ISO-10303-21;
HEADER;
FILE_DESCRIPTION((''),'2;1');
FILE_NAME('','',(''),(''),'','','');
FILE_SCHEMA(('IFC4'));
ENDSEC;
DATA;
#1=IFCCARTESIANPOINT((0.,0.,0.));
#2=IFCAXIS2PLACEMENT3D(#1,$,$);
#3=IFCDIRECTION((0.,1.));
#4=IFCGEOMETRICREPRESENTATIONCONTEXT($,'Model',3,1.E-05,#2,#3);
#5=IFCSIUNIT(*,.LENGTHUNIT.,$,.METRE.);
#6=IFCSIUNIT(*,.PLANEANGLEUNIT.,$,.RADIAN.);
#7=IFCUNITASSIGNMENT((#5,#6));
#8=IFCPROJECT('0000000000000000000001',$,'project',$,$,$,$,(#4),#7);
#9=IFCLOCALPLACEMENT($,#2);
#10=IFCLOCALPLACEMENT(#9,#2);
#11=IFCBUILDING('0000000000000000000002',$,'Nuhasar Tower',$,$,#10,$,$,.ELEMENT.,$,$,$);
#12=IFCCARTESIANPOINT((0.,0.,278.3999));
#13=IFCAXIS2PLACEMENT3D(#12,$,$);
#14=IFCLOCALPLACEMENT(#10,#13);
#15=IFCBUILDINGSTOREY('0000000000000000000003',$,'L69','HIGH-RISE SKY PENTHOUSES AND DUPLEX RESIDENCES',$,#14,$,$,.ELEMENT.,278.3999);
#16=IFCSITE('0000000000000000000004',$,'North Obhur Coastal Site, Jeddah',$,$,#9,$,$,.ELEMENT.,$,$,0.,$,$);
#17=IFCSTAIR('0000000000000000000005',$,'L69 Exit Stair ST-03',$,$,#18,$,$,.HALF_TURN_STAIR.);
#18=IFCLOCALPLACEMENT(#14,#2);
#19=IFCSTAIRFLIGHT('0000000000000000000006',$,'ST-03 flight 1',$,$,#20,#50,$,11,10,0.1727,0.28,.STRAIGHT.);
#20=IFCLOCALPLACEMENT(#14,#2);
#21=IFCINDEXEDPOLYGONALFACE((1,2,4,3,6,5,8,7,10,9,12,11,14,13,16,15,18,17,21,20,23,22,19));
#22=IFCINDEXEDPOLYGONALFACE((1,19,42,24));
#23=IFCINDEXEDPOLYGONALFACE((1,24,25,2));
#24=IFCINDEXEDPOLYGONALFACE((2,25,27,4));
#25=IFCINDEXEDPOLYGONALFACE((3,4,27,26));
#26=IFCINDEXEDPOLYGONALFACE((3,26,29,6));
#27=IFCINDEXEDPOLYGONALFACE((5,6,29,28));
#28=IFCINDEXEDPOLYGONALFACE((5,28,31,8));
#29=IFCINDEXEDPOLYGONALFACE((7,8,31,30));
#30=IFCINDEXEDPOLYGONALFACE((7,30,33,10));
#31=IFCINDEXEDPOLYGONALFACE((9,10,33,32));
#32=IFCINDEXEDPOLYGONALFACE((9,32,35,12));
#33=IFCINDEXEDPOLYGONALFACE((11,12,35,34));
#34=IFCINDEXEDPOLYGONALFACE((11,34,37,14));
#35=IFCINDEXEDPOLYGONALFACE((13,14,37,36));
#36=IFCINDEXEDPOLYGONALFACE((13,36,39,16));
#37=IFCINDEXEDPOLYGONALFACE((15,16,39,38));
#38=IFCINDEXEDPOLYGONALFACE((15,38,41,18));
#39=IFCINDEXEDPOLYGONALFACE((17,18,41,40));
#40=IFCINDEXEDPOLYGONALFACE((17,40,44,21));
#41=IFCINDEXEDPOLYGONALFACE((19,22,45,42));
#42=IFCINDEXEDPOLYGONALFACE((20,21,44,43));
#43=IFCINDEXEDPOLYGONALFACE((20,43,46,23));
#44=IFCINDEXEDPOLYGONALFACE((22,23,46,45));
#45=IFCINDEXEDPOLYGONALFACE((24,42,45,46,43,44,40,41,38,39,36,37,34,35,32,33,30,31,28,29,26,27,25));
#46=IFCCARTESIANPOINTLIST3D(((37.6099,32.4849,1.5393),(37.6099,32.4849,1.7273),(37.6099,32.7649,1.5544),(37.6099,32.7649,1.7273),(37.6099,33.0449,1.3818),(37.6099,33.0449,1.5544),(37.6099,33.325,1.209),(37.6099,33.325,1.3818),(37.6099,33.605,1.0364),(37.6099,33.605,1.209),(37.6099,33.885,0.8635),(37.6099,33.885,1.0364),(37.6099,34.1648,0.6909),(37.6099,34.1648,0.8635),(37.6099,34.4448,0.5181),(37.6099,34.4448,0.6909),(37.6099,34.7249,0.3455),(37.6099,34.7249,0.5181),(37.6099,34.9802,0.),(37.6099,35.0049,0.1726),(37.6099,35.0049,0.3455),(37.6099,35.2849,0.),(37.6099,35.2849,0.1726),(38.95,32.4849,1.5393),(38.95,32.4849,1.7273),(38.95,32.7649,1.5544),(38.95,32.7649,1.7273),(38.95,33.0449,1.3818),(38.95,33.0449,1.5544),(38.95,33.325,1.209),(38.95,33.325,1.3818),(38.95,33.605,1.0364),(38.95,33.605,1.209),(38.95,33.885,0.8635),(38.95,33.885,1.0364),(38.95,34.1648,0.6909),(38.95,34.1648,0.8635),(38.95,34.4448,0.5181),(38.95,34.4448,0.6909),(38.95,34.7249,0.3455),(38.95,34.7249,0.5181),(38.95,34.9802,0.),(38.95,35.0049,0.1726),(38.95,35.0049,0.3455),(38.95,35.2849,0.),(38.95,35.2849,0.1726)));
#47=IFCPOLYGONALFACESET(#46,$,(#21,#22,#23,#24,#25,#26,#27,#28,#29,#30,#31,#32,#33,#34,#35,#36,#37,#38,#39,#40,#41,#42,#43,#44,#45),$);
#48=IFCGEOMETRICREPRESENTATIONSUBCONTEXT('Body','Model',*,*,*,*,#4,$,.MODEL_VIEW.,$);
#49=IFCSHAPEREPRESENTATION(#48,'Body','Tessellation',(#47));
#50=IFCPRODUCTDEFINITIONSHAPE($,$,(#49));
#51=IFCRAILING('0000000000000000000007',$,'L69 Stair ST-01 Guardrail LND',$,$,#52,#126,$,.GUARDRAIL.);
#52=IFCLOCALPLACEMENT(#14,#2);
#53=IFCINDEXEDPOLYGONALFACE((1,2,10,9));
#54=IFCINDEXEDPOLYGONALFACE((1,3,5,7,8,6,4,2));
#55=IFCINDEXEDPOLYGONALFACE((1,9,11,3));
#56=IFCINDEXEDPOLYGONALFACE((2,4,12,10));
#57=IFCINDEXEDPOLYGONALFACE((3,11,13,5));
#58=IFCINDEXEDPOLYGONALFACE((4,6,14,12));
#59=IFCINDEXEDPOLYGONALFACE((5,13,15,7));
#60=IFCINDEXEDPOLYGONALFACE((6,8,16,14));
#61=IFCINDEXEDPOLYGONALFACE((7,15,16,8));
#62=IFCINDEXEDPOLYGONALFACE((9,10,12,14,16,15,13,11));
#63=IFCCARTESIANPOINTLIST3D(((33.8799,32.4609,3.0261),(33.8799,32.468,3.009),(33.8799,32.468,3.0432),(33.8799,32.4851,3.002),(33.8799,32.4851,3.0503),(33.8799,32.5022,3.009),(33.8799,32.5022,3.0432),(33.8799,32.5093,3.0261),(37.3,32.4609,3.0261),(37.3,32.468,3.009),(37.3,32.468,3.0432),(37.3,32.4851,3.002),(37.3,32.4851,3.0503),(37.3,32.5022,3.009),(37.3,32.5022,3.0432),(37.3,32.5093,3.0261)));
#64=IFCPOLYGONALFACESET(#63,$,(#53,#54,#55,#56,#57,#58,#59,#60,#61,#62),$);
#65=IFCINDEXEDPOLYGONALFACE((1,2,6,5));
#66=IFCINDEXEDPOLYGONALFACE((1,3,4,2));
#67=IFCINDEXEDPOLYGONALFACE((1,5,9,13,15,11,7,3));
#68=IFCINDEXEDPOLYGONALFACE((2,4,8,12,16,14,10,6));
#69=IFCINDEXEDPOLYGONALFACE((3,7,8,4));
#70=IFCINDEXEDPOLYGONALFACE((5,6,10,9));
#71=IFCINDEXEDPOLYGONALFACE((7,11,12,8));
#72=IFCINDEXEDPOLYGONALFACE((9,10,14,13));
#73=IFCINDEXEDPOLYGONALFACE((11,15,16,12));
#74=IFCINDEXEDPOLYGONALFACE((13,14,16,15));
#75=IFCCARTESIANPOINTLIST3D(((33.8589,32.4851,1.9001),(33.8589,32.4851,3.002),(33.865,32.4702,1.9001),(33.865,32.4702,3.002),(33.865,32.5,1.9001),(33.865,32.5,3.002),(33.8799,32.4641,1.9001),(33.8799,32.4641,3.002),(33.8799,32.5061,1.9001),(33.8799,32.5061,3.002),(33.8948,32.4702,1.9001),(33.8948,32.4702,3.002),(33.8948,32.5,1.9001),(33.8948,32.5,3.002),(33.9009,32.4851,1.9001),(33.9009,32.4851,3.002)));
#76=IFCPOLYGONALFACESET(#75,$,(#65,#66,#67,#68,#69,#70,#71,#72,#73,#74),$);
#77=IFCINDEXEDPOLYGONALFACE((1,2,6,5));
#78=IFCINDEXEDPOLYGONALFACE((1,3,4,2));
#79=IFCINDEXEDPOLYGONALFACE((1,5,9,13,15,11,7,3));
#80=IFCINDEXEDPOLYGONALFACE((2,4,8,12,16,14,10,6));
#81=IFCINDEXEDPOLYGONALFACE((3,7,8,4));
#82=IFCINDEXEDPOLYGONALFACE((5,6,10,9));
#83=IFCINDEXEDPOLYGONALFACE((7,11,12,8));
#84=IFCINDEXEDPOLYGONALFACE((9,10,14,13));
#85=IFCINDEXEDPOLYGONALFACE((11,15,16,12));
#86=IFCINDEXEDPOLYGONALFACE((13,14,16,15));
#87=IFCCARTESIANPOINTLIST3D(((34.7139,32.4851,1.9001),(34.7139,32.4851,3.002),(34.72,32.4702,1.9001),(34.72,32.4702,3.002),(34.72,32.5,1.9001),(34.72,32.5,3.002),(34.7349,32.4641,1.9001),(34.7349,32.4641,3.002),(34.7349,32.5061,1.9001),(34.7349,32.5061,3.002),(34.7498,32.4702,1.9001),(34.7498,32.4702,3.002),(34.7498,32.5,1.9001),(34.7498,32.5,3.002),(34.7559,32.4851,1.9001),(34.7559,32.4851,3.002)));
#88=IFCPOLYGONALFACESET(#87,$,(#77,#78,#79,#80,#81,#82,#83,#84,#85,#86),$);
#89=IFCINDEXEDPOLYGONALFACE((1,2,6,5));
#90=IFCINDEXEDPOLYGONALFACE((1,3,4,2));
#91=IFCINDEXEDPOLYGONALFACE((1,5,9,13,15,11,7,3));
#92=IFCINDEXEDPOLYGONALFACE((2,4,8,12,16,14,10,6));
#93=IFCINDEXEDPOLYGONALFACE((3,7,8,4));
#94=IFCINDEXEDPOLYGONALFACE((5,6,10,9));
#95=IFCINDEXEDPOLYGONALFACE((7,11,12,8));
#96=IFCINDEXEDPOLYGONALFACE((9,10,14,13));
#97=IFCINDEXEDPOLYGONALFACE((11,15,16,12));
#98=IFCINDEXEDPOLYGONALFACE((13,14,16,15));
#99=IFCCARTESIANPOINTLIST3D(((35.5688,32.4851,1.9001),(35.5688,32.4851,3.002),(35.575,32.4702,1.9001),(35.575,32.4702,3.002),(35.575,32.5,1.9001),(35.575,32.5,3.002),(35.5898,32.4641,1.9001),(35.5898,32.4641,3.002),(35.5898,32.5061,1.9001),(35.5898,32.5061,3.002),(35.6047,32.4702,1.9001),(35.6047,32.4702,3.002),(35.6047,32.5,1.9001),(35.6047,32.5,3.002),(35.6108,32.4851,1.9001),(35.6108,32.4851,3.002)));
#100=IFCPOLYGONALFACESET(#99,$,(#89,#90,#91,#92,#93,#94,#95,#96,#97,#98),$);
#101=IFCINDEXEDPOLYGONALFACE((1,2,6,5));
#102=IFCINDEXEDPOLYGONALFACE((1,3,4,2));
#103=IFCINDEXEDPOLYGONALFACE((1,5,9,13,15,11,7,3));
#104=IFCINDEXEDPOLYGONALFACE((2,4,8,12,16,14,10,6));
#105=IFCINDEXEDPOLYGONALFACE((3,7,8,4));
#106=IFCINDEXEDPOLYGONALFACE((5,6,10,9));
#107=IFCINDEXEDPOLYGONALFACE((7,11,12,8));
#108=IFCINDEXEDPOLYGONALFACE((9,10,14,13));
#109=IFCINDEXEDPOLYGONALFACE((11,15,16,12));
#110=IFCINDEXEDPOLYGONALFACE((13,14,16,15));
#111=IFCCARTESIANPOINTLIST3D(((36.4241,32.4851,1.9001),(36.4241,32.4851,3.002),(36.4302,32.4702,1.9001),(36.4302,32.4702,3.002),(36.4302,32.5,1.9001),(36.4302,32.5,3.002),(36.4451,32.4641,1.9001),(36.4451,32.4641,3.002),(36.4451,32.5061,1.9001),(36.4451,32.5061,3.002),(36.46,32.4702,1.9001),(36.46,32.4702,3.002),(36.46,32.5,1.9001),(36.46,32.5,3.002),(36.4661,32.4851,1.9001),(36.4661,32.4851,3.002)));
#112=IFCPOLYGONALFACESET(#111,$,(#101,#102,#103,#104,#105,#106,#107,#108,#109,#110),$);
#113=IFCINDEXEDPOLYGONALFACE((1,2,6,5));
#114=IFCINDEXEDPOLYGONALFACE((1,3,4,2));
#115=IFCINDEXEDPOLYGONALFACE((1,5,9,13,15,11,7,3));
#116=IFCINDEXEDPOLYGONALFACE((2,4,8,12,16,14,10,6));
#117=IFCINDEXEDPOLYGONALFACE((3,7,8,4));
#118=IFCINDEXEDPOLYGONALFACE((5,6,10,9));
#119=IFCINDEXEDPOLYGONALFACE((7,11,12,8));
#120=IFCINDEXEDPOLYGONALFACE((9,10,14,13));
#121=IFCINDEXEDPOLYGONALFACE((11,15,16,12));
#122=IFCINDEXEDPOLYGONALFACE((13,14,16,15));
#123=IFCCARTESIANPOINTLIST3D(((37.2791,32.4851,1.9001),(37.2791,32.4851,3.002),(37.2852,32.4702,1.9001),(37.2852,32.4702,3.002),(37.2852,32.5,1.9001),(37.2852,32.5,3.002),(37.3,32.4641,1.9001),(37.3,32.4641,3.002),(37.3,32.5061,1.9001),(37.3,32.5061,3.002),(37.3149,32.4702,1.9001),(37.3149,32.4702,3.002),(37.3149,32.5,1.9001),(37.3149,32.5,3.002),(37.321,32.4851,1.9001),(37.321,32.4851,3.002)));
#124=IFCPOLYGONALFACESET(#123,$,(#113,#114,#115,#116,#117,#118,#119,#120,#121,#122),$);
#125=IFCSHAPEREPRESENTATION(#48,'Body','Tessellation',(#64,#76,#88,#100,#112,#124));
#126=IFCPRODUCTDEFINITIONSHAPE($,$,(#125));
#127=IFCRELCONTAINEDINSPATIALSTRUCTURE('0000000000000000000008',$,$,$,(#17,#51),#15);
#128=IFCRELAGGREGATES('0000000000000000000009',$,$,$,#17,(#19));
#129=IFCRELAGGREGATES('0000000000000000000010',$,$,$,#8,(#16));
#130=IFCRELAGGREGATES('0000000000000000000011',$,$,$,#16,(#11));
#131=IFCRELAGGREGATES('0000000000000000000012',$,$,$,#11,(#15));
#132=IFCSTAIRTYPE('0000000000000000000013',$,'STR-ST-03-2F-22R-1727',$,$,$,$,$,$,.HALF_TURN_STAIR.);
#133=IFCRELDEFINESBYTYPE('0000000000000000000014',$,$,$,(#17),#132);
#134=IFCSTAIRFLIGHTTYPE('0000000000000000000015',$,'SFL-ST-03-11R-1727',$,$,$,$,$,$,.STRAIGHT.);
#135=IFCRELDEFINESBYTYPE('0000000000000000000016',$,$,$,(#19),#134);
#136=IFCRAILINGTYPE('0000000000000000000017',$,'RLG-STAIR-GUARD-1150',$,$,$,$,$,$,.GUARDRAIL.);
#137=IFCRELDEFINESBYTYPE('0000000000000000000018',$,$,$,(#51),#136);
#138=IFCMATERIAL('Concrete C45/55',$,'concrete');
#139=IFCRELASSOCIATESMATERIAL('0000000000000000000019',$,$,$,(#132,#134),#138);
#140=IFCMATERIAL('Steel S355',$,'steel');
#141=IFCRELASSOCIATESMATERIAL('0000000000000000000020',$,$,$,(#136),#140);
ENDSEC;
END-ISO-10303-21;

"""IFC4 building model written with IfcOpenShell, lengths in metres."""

from ifc_helpers import new_model, si_unit, direction, frame, origin, place, context, subcontext, project, spatial, polyline, outline, extrude, material, type_object, element, aggregate, save


model = new_model("IFC4")

# Units and contexts
model_context = context("Model", 3, precision=1e-05, world=origin(), true_north=direction((0.0, 1.0)))
body_context = subcontext(model_context, "Body", "Model", "MODEL_VIEW")
ifc_project = project(units=[si_unit("LENGTHUNIT", "METRE"), si_unit("PLANEANGLEUNIT", "RADIAN")], contexts=[model_context])

# Site, building, storey
site_placement = place(None, origin())
site = spatial("IfcSite", under=ifc_project, at=site_placement, Name="North Obhur Coastal Site, Jeddah", CompositionType="ELEMENT", RefElevation=0.0)
building_placement = place(site_placement, origin())
building = spatial("IfcBuilding", under=site, at=building_placement, Name="Nuhasar Tower", CompositionType="ELEMENT")
storey_placement = place(building_placement, frame((0.0, 0.0, 278.3999)))
storey = spatial("IfcBuildingStorey", under=building, at=storey_placement, Name="L69", Description="HIGH-RISE SKY PENTHOUSES AND DUPLEX RESIDENCES", CompositionType="ELEMENT", Elevation=278.3999)

# Shared definitions
ifc_material_1 = material(Name="Steel S355", Category="steel")

# Shared definitions
ifc_material_2 = material(Name="Concrete C45/55", Category="concrete")

# Stair, stair flight
stair_type_1 = type_object("IfcStairType", Name="STR-ST-03-2F-22R-1727", PredefinedType="HALF_TURN_STAIR", material=ifc_material_2)
stair_1_placement = place(storey_placement, origin())
stair_1 = element("IfcStair", 1, at=stair_1_placement, inside=storey, type_object=stair_type_1, Name="L69 Exit Stair ST-03", PredefinedType="HALF_TURN_STAIR")
stair_flight_type_1 = type_object("IfcStairFlightType", Name="SFL-ST-03-11R-1727", PredefinedType="STRAIGHT", material=ifc_material_2)
stair_flight_1_placement = place(storey_placement, frame((38.28, 35.2849, 0.0), z_axis=(0.0, 0.0, 1.0), x_axis=(0.0, -1.0, 0.0)))
stair_flight_1 = element("IfcStairFlight", 2, at=stair_flight_1_placement, type_object=stair_flight_type_1, Name="ST-03 flight 1", NumberOfRisers=11, NumberOfTreads=10, PredefinedType="STRAIGHT", RiserHeight=0.1727, TreadLength=0.28, context=body_context, shape_type="SweptSolid", body=[
    extrude(outline(polyline([(0.0, 0.0), (0.0, 0.1726), (0.28, 0.1726), (0.28, 0.3455), (0.5601, 0.3455), (0.5601, 0.5181), (0.8401, 0.5181), (0.8401, 0.6909), (1.1201, 0.6909), (1.1201, 0.8635), (1.3999, 0.8635), (1.3999, 1.0364), (1.6799, 1.0364), (1.6799, 1.209), (1.96, 1.209), (1.96, 1.3818), (2.24, 1.3818), (2.24, 1.5544), (2.52, 1.5544), (2.52, 1.7273), (2.8, 1.7273), (2.8, 1.8999), (2.8, 1.5393), (0.3047, 0.0), (0.0, 0.0)])), frame((0.0, 0.6699, 0.0), z_axis=(0.0, -1.0, 0.0), x_axis=(1.0, 0.0, 0.0)), (0.0, 0.0, 1.0), 1.3401),
])
aggregate(stair_1, [stair_flight_1])

# Railing
railing_type_1 = type_object("IfcRailingType", Name="RLG-STAIR-GUARD-1150", PredefinedType="GUARDRAIL", material=ifc_material_1)
railing_1_placement = place(storey_placement, frame((33.8799, 32.4851, 1.9001)))
element("IfcRailing", 3, at=railing_1_placement, inside=storey, type_object=railing_type_1, Name="L69 Stair ST-01 Guardrail LND", PredefinedType="GUARDRAIL", context=body_context, shape_type="SweptSolid", body=[
    extrude(outline(polyline([(0.0242, 0.0), (0.0171, 0.0171), (0.0, 0.0242), (-0.0171, 0.0171), (-0.0242, 0.0), (-0.0171, -0.0171), (0.0, -0.0242), (0.0171, -0.0171), (0.0242, 0.0)])), frame((0.0, 0.0, 1.126), z_axis=(1.0, 0.0, 0.0), x_axis=(0.0, 1.0, 0.0)), (0.0, 0.0, 1.0), 3.4202),
    extrude(outline(polyline([(0.021, 0.0), (0.0149, 0.0149), (0.0, 0.021), (-0.0149, 0.0149), (-0.021, 0.0), (-0.0149, -0.0149), (0.0, -0.021), (0.0149, -0.0149), (0.021, 0.0)])), origin(), (0.0, 0.0, 1.0), 1.1018),
    extrude(outline(polyline([(0.021, 0.0), (0.0149, 0.0149), (0.0, 0.021), (-0.0149, 0.0149), (-0.021, 0.0), (-0.0149, -0.0149), (0.0, -0.021), (0.0149, -0.0149), (0.021, 0.0)])), frame((0.855, 0.0, 0.0)), (0.0, 0.0, 1.0), 1.1018),
    extrude(outline(polyline([(0.021, 0.0), (0.0149, 0.0149), (0.0, 0.021), (-0.0149, 0.0149), (-0.021, 0.0), (-0.0149, -0.0149), (0.0, -0.021), (0.0149, -0.0149), (0.021, 0.0)])), frame((1.71, 0.0, 0.0)), (0.0, 0.0, 1.0), 1.1018),
    extrude(outline(polyline([(0.021, 0.0), (0.0149, 0.0149), (0.0, 0.021), (-0.0149, 0.0149), (-0.021, 0.0), (-0.0149, -0.0149), (0.0, -0.021), (0.0149, -0.0149), (0.021, 0.0)])), frame((2.5652, 0.0, 0.0)), (0.0, 0.0, 1.0), 1.1018),
    extrude(outline(polyline([(0.021, 0.0), (0.0149, 0.0149), (0.0, 0.021), (-0.0149, 0.0149), (-0.021, 0.0), (-0.0149, -0.0149), (0.0, -0.021), (0.0149, -0.0149), (0.021, 0.0)])), frame((3.4202, 0.0, 0.0)), (0.0, 0.0, 1.0), 1.1018),
])

save(model, "model.ifc")
